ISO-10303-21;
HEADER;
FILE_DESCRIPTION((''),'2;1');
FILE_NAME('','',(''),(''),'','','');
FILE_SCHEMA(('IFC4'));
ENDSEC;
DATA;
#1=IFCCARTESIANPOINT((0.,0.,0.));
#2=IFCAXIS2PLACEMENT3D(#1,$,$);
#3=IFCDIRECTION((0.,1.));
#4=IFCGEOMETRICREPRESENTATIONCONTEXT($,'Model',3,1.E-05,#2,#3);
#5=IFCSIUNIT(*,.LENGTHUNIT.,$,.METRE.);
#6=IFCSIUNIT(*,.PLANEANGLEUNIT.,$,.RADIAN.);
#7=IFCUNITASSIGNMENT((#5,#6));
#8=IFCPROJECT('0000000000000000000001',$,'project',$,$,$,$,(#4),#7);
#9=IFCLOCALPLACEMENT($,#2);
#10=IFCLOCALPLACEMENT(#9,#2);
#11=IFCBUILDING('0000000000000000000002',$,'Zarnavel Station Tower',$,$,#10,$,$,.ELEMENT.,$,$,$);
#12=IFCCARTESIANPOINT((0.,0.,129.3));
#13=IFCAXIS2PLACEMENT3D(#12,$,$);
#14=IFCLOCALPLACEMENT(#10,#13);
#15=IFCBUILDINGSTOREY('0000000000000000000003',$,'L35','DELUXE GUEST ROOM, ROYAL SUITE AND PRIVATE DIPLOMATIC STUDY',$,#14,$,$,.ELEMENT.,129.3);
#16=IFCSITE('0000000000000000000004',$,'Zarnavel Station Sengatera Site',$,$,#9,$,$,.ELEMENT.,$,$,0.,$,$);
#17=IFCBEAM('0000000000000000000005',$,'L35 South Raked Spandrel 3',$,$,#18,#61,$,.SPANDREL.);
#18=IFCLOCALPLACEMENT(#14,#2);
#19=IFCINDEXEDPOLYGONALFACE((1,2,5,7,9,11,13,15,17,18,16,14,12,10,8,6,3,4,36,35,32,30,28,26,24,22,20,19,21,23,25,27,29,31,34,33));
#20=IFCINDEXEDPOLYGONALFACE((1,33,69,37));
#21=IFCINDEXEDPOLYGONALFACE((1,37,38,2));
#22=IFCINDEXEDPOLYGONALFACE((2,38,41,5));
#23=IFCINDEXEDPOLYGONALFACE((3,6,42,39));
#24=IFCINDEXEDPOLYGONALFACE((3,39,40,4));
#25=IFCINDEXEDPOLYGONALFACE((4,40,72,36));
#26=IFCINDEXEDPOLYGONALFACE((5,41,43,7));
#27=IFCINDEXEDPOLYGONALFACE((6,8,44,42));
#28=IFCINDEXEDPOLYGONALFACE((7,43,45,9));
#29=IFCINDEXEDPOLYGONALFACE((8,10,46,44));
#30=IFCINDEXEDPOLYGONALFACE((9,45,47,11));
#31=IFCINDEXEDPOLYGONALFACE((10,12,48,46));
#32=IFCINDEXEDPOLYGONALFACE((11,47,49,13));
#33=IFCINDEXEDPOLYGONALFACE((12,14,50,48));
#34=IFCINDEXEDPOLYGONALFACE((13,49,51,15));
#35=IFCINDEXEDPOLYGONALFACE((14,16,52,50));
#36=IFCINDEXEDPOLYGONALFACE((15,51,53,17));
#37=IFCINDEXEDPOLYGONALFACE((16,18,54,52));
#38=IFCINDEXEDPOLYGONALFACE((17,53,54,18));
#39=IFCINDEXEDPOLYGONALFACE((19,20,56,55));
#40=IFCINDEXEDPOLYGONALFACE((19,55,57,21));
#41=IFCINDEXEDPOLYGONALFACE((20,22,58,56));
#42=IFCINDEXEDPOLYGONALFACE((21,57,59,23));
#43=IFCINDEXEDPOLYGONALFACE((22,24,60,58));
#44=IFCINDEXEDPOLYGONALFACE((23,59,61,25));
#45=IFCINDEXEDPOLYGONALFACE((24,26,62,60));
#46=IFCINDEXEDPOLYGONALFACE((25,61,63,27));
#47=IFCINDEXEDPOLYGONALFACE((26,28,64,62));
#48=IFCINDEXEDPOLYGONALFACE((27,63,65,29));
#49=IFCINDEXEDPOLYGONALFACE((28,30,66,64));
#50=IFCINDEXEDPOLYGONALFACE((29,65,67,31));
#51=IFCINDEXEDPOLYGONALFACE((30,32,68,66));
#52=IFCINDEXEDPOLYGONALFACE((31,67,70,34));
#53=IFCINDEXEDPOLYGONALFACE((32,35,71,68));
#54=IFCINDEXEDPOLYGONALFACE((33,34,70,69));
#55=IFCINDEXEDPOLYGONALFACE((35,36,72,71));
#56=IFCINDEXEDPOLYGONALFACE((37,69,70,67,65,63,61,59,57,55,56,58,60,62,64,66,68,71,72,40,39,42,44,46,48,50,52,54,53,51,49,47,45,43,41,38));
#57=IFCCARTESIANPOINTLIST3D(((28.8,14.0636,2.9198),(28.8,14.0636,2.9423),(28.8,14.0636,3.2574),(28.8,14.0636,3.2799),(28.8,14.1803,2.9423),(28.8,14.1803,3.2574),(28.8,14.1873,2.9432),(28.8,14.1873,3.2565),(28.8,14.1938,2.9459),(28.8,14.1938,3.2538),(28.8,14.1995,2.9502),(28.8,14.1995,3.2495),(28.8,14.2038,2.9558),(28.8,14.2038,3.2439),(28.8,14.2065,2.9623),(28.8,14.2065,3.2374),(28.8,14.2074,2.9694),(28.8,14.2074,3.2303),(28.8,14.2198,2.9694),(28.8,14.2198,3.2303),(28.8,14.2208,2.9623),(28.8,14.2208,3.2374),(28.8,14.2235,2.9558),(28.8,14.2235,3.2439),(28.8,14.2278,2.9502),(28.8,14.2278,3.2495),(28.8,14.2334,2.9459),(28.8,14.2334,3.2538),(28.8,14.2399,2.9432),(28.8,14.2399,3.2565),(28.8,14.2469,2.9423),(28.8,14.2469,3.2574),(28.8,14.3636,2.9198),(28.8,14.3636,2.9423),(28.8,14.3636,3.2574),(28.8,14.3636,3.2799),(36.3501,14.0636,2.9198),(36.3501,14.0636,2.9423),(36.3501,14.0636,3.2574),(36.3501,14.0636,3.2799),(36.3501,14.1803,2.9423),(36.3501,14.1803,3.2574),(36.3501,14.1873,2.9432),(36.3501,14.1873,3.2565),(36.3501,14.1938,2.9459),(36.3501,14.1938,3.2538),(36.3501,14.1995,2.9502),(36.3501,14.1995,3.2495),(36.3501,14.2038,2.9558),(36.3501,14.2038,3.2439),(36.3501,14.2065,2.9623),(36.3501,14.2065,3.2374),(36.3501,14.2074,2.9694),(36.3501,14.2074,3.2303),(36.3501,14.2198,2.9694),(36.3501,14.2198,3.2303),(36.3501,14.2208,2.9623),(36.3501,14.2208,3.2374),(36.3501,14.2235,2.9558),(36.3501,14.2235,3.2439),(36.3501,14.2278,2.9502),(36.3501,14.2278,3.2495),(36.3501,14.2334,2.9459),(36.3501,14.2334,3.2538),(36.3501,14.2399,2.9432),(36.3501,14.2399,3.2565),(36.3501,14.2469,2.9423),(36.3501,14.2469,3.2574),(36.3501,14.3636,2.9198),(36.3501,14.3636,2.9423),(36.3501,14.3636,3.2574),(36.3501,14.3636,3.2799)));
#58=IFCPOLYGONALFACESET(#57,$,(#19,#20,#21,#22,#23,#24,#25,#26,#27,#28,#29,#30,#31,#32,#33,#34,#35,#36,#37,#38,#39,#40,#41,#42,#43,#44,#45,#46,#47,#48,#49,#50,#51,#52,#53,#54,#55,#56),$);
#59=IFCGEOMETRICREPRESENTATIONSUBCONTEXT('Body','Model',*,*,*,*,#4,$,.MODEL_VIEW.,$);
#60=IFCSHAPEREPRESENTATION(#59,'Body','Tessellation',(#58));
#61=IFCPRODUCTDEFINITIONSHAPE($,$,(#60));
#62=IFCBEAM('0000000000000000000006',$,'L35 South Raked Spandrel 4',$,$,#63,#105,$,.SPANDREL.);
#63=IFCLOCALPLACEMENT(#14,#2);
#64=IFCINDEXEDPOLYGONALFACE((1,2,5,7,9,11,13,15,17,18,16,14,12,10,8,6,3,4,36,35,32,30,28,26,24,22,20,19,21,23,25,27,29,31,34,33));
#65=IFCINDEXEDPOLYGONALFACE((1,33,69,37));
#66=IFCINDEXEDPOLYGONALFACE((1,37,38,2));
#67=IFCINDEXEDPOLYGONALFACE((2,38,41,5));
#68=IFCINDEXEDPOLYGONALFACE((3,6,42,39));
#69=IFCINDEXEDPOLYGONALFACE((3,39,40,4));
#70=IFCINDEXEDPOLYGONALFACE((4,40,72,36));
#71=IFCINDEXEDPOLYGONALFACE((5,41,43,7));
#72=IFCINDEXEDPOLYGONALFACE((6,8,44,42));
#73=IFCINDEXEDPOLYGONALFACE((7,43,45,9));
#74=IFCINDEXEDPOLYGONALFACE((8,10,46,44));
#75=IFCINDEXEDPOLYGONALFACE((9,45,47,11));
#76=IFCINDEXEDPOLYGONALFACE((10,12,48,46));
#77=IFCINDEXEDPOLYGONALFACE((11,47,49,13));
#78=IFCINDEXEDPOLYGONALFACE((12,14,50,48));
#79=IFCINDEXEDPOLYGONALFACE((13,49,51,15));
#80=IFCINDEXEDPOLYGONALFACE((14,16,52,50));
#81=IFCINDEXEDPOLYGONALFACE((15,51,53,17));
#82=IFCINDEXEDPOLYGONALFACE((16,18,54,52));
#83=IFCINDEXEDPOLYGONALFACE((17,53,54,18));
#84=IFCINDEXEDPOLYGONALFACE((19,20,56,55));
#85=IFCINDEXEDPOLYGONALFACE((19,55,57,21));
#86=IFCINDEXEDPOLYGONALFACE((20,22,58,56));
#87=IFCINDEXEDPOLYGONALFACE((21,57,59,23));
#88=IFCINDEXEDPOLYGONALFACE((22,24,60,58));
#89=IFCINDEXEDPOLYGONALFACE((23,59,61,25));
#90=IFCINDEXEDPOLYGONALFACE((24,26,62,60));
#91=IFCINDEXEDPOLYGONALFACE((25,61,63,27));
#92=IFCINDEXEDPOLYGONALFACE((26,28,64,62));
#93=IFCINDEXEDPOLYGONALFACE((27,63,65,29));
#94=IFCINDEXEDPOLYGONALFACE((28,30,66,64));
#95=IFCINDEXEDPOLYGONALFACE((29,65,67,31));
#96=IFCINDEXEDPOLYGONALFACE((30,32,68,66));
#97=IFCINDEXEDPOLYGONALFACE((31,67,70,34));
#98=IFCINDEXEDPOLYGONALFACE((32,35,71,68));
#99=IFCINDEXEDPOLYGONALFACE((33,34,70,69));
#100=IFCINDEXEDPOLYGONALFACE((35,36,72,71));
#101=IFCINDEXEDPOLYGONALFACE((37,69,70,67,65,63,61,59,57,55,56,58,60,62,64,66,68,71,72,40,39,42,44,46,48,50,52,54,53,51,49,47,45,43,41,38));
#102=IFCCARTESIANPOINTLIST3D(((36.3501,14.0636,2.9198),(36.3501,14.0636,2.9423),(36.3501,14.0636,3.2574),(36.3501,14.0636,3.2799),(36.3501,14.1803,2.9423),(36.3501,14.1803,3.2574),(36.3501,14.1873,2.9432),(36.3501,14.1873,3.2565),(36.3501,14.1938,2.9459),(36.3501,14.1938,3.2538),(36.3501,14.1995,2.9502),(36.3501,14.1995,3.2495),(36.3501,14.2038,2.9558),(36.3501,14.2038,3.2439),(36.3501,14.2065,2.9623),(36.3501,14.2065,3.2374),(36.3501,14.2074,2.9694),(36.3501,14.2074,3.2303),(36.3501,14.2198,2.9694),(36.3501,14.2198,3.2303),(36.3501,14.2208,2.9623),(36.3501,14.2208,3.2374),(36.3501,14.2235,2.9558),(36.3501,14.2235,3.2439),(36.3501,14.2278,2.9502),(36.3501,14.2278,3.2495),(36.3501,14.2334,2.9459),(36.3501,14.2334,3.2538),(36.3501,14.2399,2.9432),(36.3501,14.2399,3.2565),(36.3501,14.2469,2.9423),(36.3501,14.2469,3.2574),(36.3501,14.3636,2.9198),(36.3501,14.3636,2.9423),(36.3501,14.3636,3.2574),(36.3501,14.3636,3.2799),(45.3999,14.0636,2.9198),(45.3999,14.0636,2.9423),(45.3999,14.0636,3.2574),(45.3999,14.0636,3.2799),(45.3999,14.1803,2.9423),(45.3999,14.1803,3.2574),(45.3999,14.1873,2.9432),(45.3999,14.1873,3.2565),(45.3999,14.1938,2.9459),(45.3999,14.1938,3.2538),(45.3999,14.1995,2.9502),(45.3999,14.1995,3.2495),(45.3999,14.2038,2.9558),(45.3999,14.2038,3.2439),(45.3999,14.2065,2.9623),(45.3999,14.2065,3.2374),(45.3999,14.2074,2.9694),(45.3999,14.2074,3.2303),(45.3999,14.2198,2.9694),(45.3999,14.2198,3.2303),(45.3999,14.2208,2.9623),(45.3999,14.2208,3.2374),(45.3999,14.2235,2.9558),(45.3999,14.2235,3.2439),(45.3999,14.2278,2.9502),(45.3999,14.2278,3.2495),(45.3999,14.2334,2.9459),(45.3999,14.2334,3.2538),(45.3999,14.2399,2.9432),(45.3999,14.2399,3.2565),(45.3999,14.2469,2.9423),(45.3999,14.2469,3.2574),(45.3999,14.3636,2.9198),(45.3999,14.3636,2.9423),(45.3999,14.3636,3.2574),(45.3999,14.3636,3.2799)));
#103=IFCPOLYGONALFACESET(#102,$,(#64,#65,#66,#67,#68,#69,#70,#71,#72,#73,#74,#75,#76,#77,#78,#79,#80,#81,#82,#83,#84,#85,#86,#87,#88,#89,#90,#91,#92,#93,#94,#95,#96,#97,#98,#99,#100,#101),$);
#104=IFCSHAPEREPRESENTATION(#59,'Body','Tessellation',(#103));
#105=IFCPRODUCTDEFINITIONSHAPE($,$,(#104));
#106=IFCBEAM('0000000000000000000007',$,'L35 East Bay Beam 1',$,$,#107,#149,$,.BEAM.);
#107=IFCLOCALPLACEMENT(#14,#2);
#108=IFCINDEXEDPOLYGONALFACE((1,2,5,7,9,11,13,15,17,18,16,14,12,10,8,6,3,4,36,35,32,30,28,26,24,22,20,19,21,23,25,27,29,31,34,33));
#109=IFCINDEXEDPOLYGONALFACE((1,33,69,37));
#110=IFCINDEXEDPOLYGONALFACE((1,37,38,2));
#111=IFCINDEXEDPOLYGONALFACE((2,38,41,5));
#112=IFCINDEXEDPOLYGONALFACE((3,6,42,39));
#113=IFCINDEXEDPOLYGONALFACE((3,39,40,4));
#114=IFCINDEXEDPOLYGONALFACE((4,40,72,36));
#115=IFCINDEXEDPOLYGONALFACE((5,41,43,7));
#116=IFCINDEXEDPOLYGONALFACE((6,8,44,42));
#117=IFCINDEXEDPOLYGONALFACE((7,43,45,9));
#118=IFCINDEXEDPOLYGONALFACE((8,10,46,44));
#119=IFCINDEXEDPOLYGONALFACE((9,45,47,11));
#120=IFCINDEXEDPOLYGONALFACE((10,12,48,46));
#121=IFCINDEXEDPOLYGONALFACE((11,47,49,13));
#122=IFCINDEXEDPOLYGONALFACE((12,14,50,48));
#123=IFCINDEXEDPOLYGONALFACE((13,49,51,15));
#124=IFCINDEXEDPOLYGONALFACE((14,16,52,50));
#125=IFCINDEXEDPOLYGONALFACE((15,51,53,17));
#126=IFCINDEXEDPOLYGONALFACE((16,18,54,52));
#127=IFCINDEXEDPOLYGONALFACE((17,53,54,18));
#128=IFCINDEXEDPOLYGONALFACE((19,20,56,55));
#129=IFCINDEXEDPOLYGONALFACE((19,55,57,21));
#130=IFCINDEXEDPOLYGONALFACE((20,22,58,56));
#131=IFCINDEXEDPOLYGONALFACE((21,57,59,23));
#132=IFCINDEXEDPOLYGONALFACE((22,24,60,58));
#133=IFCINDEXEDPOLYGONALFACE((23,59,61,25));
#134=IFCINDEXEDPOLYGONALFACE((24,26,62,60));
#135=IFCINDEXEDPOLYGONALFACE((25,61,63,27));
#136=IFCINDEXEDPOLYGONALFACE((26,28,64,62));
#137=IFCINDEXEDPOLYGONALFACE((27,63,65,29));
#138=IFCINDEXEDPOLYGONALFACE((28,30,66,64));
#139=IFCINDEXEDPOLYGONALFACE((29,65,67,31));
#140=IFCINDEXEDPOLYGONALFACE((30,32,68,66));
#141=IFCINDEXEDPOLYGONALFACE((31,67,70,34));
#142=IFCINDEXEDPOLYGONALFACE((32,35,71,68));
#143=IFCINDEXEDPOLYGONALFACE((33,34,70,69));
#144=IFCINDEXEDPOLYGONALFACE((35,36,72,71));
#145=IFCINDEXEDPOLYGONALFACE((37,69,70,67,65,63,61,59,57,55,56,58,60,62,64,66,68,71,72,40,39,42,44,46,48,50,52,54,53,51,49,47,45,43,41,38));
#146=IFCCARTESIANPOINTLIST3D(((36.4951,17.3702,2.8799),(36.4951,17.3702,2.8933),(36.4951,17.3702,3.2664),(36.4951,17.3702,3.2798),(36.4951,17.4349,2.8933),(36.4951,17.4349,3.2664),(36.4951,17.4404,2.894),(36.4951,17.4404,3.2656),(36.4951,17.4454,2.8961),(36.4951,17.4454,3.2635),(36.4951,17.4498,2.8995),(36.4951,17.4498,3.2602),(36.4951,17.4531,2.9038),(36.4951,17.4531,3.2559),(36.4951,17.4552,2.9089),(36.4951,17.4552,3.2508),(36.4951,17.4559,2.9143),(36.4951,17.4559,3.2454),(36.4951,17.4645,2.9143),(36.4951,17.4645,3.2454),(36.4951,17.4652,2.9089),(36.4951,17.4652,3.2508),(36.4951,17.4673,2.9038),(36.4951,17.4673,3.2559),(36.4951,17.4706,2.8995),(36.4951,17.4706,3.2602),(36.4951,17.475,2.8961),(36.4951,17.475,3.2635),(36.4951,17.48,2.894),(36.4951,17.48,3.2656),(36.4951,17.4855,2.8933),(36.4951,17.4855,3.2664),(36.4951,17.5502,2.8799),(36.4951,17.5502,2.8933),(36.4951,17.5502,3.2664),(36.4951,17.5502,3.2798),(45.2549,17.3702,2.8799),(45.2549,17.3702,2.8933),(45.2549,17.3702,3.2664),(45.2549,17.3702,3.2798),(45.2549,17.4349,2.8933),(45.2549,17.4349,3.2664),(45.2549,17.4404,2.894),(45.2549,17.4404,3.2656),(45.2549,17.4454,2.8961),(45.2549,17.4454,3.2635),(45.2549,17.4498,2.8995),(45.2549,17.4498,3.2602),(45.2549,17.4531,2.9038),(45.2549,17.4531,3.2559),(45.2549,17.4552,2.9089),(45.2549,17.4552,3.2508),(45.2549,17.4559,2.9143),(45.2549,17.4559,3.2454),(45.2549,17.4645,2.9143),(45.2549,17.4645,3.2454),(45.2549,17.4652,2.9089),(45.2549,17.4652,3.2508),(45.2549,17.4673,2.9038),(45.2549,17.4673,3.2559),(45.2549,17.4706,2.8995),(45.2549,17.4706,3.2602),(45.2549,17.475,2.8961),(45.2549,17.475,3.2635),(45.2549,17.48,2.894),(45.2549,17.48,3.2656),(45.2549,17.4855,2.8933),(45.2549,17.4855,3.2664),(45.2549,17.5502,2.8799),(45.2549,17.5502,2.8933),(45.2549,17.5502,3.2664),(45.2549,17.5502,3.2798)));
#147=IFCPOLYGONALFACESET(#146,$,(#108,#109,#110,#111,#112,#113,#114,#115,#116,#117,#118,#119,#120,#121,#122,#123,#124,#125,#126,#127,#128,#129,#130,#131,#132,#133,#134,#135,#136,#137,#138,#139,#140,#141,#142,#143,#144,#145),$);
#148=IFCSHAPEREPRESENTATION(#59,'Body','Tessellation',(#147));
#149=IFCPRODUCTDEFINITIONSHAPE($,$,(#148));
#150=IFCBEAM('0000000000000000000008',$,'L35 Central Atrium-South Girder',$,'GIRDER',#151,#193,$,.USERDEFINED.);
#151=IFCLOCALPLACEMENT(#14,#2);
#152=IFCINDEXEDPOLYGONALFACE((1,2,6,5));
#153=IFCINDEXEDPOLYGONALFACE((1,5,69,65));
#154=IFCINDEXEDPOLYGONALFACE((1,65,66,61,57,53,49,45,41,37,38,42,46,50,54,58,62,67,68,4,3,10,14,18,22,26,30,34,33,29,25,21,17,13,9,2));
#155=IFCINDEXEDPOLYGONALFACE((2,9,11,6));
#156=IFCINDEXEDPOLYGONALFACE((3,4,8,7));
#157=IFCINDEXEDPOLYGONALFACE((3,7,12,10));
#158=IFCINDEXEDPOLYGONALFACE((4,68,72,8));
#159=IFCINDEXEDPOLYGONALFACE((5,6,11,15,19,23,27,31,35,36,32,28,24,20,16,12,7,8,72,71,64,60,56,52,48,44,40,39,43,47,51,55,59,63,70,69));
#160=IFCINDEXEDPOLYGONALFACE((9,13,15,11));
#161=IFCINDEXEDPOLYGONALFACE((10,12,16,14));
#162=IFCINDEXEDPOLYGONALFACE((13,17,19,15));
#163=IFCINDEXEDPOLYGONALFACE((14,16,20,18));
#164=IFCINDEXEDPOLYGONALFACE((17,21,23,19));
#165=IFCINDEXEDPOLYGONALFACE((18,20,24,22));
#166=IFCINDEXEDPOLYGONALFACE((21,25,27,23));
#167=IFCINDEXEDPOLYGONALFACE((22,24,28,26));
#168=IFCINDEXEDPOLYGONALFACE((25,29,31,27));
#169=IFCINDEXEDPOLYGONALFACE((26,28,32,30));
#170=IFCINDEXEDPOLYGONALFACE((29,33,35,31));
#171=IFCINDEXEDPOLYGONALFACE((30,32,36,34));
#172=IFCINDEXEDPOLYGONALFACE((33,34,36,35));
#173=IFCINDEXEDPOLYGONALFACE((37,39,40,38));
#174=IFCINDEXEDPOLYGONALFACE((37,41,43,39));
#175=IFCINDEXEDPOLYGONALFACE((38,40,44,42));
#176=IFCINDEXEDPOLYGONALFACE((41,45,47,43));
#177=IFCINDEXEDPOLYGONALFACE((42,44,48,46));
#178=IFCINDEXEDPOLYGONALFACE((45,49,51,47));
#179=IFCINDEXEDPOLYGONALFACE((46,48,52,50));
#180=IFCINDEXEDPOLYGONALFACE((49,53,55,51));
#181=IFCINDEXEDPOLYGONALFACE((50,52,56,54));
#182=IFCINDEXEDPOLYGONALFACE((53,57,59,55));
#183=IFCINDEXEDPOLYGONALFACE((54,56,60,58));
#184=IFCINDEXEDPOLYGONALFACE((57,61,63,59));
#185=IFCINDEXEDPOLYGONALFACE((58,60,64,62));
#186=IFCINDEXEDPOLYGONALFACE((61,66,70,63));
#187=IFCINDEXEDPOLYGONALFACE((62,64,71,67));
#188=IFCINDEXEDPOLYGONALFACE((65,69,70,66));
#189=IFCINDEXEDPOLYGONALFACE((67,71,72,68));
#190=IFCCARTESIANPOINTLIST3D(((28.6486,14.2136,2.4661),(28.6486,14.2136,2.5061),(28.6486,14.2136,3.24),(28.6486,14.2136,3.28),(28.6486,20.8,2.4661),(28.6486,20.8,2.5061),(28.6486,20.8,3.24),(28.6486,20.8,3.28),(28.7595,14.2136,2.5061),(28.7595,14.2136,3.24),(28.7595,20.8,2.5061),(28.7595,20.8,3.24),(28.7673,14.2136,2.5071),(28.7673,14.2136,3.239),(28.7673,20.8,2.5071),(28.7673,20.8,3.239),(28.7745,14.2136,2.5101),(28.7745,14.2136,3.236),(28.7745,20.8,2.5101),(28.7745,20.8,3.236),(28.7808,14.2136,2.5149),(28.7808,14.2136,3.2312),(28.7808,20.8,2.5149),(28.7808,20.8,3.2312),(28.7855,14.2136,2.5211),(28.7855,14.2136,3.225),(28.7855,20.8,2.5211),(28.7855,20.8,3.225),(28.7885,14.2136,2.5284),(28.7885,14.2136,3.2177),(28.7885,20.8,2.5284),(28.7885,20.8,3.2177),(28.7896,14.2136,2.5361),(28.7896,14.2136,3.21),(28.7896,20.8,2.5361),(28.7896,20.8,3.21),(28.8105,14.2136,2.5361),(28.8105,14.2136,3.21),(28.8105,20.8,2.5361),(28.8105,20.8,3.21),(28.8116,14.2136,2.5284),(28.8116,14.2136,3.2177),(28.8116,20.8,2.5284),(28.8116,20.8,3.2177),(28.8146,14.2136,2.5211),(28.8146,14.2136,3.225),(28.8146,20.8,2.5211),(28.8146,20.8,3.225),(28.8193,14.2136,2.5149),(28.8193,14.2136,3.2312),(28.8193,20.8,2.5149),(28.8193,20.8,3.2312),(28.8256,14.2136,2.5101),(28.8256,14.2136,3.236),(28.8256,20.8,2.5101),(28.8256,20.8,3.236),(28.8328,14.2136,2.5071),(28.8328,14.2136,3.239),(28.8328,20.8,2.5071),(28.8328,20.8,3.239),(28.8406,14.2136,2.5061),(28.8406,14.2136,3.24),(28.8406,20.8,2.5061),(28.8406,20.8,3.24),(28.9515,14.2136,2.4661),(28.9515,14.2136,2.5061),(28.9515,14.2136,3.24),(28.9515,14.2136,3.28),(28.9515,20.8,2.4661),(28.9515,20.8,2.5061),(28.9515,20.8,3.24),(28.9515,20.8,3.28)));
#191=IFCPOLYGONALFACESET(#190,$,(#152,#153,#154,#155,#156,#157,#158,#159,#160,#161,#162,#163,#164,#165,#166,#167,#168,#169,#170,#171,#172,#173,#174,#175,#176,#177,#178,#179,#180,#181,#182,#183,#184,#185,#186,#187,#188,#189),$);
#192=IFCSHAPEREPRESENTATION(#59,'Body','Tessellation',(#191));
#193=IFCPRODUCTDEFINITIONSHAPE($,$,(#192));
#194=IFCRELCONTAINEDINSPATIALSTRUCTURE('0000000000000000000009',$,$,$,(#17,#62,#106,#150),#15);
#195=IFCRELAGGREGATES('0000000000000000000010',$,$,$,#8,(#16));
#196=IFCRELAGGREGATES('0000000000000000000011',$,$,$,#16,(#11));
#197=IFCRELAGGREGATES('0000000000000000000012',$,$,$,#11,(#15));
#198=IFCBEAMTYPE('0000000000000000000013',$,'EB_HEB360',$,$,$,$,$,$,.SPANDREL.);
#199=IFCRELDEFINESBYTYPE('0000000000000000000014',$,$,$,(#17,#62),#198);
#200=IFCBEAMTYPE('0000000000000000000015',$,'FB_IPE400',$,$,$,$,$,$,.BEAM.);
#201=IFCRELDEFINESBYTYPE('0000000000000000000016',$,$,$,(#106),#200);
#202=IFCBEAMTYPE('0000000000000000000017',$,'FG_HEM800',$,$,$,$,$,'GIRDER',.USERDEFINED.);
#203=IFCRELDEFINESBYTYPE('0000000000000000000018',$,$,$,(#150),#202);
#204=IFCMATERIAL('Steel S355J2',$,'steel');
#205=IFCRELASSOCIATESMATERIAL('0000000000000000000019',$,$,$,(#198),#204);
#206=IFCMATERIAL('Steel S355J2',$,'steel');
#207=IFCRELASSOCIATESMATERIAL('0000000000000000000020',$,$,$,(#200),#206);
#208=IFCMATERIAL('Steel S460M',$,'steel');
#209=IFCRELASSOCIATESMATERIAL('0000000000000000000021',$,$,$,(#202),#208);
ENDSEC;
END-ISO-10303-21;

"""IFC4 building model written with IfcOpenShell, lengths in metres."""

from ifc_helpers import new_model, si_unit, direction, frame, origin, origin_2d, place, context, subcontext, project, spatial, i_section, extrude, material, material_profile, profile_set, type_object, element, save


model = new_model("IFC4")

# Units and contexts
model_context = context("Model", 3, precision=1e-05, world=origin(), true_north=direction((0.0, 1.0)))
body_context = subcontext(model_context, "Body", "Model", "MODEL_VIEW")
ifc_project = project(units=[si_unit("LENGTHUNIT", "METRE"), si_unit("PLANEANGLEUNIT", "RADIAN")], contexts=[model_context])

# Site, building, storey
site_placement = place(None, origin())
site = spatial("IfcSite", under=ifc_project, at=site_placement, Name="Zarnavel Station Sengatera Site", CompositionType="ELEMENT", RefElevation=0.0)
building_placement = place(site_placement, origin())
building = spatial("IfcBuilding", under=site, at=building_placement, Name="Zarnavel Station Tower", CompositionType="ELEMENT")
storey_placement = place(building_placement, frame((0.0, 0.0, 129.3)))
storey = spatial("IfcBuildingStorey", under=building, at=storey_placement, Name="L35", Description="DELUXE GUEST ROOM, ROYAL SUITE AND PRIVATE DIPLOMATIC STUDY", CompositionType="ELEMENT", Elevation=129.3)

# Beams
ifc_material_1 = material(Name="Steel S355J2", Category="steel")
ifc_material_profile_1 = material_profile(ifc_material_1, i_section(OverallWidth=0.3, OverallDepth=0.3601, WebThickness=0.0125, FlangeThickness=0.0225, FilletRadius=0.0271, at=origin_2d()), Name="HEB360")
ifc_profile_set_1 = profile_set([ifc_material_profile_1], Name="Steel S355J2")
beam_type_1 = type_object("IfcBeamType", Name="EB_HEB360", PredefinedType="SPANDREL", material=ifc_profile_set_1)
beam_1_placement = place(storey_placement, frame((28.8, 14.2136, 3.0999), z_axis=(1.0, 0.0, 0.0), x_axis=(0.0, 1.0, 0.0)))
element("IfcBeam", 1, at=beam_1_placement, inside=storey, type_object=beam_type_1, Name="L35 South Raked Spandrel 3", PredefinedType="SPANDREL", context=body_context, shape_type="SweptSolid", body=[
    extrude(i_section(OverallWidth=0.3, OverallDepth=0.3601, WebThickness=0.0125, FlangeThickness=0.0225, FilletRadius=0.0271, at=origin_2d()), origin(), (0.0, 0.0, 1.0), 7.55),
])
beam_2_placement = place(storey_placement, frame((36.3501, 14.2136, 3.0999), z_axis=(1.0, 0.0, 0.0), x_axis=(0.0, 1.0, 0.0)))
element("IfcBeam", 2, at=beam_2_placement, inside=storey, type_object=beam_type_1, Name="L35 South Raked Spandrel 4", PredefinedType="SPANDREL", context=body_context, shape_type="SweptSolid", body=[
    extrude(i_section(OverallWidth=0.3, OverallDepth=0.3601, WebThickness=0.0125, FlangeThickness=0.0225, FilletRadius=0.0271, at=origin_2d()), origin(), (0.0, 0.0, 1.0), 9.0498),
])
ifc_material_2 = material(Name="Steel S355J2", Category="steel")
ifc_material_profile_2 = material_profile(ifc_material_2, i_section(OverallWidth=0.1799, OverallDepth=0.3999, WebThickness=0.0085, FlangeThickness=0.0134, FilletRadius=0.021, at=origin_2d()), Name="IPE400")
ifc_profile_set_2 = profile_set([ifc_material_profile_2], Name="Steel S355J2")
beam_type_2 = type_object("IfcBeamType", Name="FB_IPE400", PredefinedType="BEAM", material=ifc_profile_set_2)
beam_3_placement = place(storey_placement, frame((36.4951, 17.4602, 3.0798), z_axis=(1.0, 0.0, 0.0), x_axis=(0.0, 1.0, 0.0)))
element("IfcBeam", 3, at=beam_3_placement, inside=storey, type_object=beam_type_2, Name="L35 East Bay Beam 1", PredefinedType="BEAM", context=body_context, shape_type="SweptSolid", body=[
    extrude(i_section(OverallWidth=0.1799, OverallDepth=0.3999, WebThickness=0.0085, FlangeThickness=0.0134, FilletRadius=0.021, at=origin_2d()), origin(), (0.0, 0.0, 1.0), 8.7598),
])
ifc_material_3 = material(Name="Steel S460M", Category="steel")
ifc_material_profile_3 = material_profile(ifc_material_3, i_section(OverallWidth=0.303, OverallDepth=0.814, WebThickness=0.021, FlangeThickness=0.04, FilletRadius=0.03, at=origin_2d()), Name="HEM800")
ifc_profile_set_3 = profile_set([ifc_material_profile_3], Name="Steel S460M")
beam_type_3 = type_object("IfcBeamType", Name="FG_HEM800", ElementType="GIRDER", PredefinedType="USERDEFINED", material=ifc_profile_set_3)
beam_4_placement = place(storey_placement, frame((28.8, 14.2136, 2.873), z_axis=(0.0, 1.0, 0.0), x_axis=(-1.0, 0.0, 0.0)))
element("IfcBeam", 4, at=beam_4_placement, inside=storey, type_object=beam_type_3, Name="L35 Central Atrium-South Girder", ObjectType="GIRDER", PredefinedType="USERDEFINED", context=body_context, shape_type="SweptSolid", body=[
    extrude(i_section(OverallWidth=0.303, OverallDepth=0.814, WebThickness=0.021, FlangeThickness=0.04, FilletRadius=0.03, at=origin_2d()), origin(), (0.0, 0.0, 1.0), 6.5864),
])

save(model, "model.ifc")
